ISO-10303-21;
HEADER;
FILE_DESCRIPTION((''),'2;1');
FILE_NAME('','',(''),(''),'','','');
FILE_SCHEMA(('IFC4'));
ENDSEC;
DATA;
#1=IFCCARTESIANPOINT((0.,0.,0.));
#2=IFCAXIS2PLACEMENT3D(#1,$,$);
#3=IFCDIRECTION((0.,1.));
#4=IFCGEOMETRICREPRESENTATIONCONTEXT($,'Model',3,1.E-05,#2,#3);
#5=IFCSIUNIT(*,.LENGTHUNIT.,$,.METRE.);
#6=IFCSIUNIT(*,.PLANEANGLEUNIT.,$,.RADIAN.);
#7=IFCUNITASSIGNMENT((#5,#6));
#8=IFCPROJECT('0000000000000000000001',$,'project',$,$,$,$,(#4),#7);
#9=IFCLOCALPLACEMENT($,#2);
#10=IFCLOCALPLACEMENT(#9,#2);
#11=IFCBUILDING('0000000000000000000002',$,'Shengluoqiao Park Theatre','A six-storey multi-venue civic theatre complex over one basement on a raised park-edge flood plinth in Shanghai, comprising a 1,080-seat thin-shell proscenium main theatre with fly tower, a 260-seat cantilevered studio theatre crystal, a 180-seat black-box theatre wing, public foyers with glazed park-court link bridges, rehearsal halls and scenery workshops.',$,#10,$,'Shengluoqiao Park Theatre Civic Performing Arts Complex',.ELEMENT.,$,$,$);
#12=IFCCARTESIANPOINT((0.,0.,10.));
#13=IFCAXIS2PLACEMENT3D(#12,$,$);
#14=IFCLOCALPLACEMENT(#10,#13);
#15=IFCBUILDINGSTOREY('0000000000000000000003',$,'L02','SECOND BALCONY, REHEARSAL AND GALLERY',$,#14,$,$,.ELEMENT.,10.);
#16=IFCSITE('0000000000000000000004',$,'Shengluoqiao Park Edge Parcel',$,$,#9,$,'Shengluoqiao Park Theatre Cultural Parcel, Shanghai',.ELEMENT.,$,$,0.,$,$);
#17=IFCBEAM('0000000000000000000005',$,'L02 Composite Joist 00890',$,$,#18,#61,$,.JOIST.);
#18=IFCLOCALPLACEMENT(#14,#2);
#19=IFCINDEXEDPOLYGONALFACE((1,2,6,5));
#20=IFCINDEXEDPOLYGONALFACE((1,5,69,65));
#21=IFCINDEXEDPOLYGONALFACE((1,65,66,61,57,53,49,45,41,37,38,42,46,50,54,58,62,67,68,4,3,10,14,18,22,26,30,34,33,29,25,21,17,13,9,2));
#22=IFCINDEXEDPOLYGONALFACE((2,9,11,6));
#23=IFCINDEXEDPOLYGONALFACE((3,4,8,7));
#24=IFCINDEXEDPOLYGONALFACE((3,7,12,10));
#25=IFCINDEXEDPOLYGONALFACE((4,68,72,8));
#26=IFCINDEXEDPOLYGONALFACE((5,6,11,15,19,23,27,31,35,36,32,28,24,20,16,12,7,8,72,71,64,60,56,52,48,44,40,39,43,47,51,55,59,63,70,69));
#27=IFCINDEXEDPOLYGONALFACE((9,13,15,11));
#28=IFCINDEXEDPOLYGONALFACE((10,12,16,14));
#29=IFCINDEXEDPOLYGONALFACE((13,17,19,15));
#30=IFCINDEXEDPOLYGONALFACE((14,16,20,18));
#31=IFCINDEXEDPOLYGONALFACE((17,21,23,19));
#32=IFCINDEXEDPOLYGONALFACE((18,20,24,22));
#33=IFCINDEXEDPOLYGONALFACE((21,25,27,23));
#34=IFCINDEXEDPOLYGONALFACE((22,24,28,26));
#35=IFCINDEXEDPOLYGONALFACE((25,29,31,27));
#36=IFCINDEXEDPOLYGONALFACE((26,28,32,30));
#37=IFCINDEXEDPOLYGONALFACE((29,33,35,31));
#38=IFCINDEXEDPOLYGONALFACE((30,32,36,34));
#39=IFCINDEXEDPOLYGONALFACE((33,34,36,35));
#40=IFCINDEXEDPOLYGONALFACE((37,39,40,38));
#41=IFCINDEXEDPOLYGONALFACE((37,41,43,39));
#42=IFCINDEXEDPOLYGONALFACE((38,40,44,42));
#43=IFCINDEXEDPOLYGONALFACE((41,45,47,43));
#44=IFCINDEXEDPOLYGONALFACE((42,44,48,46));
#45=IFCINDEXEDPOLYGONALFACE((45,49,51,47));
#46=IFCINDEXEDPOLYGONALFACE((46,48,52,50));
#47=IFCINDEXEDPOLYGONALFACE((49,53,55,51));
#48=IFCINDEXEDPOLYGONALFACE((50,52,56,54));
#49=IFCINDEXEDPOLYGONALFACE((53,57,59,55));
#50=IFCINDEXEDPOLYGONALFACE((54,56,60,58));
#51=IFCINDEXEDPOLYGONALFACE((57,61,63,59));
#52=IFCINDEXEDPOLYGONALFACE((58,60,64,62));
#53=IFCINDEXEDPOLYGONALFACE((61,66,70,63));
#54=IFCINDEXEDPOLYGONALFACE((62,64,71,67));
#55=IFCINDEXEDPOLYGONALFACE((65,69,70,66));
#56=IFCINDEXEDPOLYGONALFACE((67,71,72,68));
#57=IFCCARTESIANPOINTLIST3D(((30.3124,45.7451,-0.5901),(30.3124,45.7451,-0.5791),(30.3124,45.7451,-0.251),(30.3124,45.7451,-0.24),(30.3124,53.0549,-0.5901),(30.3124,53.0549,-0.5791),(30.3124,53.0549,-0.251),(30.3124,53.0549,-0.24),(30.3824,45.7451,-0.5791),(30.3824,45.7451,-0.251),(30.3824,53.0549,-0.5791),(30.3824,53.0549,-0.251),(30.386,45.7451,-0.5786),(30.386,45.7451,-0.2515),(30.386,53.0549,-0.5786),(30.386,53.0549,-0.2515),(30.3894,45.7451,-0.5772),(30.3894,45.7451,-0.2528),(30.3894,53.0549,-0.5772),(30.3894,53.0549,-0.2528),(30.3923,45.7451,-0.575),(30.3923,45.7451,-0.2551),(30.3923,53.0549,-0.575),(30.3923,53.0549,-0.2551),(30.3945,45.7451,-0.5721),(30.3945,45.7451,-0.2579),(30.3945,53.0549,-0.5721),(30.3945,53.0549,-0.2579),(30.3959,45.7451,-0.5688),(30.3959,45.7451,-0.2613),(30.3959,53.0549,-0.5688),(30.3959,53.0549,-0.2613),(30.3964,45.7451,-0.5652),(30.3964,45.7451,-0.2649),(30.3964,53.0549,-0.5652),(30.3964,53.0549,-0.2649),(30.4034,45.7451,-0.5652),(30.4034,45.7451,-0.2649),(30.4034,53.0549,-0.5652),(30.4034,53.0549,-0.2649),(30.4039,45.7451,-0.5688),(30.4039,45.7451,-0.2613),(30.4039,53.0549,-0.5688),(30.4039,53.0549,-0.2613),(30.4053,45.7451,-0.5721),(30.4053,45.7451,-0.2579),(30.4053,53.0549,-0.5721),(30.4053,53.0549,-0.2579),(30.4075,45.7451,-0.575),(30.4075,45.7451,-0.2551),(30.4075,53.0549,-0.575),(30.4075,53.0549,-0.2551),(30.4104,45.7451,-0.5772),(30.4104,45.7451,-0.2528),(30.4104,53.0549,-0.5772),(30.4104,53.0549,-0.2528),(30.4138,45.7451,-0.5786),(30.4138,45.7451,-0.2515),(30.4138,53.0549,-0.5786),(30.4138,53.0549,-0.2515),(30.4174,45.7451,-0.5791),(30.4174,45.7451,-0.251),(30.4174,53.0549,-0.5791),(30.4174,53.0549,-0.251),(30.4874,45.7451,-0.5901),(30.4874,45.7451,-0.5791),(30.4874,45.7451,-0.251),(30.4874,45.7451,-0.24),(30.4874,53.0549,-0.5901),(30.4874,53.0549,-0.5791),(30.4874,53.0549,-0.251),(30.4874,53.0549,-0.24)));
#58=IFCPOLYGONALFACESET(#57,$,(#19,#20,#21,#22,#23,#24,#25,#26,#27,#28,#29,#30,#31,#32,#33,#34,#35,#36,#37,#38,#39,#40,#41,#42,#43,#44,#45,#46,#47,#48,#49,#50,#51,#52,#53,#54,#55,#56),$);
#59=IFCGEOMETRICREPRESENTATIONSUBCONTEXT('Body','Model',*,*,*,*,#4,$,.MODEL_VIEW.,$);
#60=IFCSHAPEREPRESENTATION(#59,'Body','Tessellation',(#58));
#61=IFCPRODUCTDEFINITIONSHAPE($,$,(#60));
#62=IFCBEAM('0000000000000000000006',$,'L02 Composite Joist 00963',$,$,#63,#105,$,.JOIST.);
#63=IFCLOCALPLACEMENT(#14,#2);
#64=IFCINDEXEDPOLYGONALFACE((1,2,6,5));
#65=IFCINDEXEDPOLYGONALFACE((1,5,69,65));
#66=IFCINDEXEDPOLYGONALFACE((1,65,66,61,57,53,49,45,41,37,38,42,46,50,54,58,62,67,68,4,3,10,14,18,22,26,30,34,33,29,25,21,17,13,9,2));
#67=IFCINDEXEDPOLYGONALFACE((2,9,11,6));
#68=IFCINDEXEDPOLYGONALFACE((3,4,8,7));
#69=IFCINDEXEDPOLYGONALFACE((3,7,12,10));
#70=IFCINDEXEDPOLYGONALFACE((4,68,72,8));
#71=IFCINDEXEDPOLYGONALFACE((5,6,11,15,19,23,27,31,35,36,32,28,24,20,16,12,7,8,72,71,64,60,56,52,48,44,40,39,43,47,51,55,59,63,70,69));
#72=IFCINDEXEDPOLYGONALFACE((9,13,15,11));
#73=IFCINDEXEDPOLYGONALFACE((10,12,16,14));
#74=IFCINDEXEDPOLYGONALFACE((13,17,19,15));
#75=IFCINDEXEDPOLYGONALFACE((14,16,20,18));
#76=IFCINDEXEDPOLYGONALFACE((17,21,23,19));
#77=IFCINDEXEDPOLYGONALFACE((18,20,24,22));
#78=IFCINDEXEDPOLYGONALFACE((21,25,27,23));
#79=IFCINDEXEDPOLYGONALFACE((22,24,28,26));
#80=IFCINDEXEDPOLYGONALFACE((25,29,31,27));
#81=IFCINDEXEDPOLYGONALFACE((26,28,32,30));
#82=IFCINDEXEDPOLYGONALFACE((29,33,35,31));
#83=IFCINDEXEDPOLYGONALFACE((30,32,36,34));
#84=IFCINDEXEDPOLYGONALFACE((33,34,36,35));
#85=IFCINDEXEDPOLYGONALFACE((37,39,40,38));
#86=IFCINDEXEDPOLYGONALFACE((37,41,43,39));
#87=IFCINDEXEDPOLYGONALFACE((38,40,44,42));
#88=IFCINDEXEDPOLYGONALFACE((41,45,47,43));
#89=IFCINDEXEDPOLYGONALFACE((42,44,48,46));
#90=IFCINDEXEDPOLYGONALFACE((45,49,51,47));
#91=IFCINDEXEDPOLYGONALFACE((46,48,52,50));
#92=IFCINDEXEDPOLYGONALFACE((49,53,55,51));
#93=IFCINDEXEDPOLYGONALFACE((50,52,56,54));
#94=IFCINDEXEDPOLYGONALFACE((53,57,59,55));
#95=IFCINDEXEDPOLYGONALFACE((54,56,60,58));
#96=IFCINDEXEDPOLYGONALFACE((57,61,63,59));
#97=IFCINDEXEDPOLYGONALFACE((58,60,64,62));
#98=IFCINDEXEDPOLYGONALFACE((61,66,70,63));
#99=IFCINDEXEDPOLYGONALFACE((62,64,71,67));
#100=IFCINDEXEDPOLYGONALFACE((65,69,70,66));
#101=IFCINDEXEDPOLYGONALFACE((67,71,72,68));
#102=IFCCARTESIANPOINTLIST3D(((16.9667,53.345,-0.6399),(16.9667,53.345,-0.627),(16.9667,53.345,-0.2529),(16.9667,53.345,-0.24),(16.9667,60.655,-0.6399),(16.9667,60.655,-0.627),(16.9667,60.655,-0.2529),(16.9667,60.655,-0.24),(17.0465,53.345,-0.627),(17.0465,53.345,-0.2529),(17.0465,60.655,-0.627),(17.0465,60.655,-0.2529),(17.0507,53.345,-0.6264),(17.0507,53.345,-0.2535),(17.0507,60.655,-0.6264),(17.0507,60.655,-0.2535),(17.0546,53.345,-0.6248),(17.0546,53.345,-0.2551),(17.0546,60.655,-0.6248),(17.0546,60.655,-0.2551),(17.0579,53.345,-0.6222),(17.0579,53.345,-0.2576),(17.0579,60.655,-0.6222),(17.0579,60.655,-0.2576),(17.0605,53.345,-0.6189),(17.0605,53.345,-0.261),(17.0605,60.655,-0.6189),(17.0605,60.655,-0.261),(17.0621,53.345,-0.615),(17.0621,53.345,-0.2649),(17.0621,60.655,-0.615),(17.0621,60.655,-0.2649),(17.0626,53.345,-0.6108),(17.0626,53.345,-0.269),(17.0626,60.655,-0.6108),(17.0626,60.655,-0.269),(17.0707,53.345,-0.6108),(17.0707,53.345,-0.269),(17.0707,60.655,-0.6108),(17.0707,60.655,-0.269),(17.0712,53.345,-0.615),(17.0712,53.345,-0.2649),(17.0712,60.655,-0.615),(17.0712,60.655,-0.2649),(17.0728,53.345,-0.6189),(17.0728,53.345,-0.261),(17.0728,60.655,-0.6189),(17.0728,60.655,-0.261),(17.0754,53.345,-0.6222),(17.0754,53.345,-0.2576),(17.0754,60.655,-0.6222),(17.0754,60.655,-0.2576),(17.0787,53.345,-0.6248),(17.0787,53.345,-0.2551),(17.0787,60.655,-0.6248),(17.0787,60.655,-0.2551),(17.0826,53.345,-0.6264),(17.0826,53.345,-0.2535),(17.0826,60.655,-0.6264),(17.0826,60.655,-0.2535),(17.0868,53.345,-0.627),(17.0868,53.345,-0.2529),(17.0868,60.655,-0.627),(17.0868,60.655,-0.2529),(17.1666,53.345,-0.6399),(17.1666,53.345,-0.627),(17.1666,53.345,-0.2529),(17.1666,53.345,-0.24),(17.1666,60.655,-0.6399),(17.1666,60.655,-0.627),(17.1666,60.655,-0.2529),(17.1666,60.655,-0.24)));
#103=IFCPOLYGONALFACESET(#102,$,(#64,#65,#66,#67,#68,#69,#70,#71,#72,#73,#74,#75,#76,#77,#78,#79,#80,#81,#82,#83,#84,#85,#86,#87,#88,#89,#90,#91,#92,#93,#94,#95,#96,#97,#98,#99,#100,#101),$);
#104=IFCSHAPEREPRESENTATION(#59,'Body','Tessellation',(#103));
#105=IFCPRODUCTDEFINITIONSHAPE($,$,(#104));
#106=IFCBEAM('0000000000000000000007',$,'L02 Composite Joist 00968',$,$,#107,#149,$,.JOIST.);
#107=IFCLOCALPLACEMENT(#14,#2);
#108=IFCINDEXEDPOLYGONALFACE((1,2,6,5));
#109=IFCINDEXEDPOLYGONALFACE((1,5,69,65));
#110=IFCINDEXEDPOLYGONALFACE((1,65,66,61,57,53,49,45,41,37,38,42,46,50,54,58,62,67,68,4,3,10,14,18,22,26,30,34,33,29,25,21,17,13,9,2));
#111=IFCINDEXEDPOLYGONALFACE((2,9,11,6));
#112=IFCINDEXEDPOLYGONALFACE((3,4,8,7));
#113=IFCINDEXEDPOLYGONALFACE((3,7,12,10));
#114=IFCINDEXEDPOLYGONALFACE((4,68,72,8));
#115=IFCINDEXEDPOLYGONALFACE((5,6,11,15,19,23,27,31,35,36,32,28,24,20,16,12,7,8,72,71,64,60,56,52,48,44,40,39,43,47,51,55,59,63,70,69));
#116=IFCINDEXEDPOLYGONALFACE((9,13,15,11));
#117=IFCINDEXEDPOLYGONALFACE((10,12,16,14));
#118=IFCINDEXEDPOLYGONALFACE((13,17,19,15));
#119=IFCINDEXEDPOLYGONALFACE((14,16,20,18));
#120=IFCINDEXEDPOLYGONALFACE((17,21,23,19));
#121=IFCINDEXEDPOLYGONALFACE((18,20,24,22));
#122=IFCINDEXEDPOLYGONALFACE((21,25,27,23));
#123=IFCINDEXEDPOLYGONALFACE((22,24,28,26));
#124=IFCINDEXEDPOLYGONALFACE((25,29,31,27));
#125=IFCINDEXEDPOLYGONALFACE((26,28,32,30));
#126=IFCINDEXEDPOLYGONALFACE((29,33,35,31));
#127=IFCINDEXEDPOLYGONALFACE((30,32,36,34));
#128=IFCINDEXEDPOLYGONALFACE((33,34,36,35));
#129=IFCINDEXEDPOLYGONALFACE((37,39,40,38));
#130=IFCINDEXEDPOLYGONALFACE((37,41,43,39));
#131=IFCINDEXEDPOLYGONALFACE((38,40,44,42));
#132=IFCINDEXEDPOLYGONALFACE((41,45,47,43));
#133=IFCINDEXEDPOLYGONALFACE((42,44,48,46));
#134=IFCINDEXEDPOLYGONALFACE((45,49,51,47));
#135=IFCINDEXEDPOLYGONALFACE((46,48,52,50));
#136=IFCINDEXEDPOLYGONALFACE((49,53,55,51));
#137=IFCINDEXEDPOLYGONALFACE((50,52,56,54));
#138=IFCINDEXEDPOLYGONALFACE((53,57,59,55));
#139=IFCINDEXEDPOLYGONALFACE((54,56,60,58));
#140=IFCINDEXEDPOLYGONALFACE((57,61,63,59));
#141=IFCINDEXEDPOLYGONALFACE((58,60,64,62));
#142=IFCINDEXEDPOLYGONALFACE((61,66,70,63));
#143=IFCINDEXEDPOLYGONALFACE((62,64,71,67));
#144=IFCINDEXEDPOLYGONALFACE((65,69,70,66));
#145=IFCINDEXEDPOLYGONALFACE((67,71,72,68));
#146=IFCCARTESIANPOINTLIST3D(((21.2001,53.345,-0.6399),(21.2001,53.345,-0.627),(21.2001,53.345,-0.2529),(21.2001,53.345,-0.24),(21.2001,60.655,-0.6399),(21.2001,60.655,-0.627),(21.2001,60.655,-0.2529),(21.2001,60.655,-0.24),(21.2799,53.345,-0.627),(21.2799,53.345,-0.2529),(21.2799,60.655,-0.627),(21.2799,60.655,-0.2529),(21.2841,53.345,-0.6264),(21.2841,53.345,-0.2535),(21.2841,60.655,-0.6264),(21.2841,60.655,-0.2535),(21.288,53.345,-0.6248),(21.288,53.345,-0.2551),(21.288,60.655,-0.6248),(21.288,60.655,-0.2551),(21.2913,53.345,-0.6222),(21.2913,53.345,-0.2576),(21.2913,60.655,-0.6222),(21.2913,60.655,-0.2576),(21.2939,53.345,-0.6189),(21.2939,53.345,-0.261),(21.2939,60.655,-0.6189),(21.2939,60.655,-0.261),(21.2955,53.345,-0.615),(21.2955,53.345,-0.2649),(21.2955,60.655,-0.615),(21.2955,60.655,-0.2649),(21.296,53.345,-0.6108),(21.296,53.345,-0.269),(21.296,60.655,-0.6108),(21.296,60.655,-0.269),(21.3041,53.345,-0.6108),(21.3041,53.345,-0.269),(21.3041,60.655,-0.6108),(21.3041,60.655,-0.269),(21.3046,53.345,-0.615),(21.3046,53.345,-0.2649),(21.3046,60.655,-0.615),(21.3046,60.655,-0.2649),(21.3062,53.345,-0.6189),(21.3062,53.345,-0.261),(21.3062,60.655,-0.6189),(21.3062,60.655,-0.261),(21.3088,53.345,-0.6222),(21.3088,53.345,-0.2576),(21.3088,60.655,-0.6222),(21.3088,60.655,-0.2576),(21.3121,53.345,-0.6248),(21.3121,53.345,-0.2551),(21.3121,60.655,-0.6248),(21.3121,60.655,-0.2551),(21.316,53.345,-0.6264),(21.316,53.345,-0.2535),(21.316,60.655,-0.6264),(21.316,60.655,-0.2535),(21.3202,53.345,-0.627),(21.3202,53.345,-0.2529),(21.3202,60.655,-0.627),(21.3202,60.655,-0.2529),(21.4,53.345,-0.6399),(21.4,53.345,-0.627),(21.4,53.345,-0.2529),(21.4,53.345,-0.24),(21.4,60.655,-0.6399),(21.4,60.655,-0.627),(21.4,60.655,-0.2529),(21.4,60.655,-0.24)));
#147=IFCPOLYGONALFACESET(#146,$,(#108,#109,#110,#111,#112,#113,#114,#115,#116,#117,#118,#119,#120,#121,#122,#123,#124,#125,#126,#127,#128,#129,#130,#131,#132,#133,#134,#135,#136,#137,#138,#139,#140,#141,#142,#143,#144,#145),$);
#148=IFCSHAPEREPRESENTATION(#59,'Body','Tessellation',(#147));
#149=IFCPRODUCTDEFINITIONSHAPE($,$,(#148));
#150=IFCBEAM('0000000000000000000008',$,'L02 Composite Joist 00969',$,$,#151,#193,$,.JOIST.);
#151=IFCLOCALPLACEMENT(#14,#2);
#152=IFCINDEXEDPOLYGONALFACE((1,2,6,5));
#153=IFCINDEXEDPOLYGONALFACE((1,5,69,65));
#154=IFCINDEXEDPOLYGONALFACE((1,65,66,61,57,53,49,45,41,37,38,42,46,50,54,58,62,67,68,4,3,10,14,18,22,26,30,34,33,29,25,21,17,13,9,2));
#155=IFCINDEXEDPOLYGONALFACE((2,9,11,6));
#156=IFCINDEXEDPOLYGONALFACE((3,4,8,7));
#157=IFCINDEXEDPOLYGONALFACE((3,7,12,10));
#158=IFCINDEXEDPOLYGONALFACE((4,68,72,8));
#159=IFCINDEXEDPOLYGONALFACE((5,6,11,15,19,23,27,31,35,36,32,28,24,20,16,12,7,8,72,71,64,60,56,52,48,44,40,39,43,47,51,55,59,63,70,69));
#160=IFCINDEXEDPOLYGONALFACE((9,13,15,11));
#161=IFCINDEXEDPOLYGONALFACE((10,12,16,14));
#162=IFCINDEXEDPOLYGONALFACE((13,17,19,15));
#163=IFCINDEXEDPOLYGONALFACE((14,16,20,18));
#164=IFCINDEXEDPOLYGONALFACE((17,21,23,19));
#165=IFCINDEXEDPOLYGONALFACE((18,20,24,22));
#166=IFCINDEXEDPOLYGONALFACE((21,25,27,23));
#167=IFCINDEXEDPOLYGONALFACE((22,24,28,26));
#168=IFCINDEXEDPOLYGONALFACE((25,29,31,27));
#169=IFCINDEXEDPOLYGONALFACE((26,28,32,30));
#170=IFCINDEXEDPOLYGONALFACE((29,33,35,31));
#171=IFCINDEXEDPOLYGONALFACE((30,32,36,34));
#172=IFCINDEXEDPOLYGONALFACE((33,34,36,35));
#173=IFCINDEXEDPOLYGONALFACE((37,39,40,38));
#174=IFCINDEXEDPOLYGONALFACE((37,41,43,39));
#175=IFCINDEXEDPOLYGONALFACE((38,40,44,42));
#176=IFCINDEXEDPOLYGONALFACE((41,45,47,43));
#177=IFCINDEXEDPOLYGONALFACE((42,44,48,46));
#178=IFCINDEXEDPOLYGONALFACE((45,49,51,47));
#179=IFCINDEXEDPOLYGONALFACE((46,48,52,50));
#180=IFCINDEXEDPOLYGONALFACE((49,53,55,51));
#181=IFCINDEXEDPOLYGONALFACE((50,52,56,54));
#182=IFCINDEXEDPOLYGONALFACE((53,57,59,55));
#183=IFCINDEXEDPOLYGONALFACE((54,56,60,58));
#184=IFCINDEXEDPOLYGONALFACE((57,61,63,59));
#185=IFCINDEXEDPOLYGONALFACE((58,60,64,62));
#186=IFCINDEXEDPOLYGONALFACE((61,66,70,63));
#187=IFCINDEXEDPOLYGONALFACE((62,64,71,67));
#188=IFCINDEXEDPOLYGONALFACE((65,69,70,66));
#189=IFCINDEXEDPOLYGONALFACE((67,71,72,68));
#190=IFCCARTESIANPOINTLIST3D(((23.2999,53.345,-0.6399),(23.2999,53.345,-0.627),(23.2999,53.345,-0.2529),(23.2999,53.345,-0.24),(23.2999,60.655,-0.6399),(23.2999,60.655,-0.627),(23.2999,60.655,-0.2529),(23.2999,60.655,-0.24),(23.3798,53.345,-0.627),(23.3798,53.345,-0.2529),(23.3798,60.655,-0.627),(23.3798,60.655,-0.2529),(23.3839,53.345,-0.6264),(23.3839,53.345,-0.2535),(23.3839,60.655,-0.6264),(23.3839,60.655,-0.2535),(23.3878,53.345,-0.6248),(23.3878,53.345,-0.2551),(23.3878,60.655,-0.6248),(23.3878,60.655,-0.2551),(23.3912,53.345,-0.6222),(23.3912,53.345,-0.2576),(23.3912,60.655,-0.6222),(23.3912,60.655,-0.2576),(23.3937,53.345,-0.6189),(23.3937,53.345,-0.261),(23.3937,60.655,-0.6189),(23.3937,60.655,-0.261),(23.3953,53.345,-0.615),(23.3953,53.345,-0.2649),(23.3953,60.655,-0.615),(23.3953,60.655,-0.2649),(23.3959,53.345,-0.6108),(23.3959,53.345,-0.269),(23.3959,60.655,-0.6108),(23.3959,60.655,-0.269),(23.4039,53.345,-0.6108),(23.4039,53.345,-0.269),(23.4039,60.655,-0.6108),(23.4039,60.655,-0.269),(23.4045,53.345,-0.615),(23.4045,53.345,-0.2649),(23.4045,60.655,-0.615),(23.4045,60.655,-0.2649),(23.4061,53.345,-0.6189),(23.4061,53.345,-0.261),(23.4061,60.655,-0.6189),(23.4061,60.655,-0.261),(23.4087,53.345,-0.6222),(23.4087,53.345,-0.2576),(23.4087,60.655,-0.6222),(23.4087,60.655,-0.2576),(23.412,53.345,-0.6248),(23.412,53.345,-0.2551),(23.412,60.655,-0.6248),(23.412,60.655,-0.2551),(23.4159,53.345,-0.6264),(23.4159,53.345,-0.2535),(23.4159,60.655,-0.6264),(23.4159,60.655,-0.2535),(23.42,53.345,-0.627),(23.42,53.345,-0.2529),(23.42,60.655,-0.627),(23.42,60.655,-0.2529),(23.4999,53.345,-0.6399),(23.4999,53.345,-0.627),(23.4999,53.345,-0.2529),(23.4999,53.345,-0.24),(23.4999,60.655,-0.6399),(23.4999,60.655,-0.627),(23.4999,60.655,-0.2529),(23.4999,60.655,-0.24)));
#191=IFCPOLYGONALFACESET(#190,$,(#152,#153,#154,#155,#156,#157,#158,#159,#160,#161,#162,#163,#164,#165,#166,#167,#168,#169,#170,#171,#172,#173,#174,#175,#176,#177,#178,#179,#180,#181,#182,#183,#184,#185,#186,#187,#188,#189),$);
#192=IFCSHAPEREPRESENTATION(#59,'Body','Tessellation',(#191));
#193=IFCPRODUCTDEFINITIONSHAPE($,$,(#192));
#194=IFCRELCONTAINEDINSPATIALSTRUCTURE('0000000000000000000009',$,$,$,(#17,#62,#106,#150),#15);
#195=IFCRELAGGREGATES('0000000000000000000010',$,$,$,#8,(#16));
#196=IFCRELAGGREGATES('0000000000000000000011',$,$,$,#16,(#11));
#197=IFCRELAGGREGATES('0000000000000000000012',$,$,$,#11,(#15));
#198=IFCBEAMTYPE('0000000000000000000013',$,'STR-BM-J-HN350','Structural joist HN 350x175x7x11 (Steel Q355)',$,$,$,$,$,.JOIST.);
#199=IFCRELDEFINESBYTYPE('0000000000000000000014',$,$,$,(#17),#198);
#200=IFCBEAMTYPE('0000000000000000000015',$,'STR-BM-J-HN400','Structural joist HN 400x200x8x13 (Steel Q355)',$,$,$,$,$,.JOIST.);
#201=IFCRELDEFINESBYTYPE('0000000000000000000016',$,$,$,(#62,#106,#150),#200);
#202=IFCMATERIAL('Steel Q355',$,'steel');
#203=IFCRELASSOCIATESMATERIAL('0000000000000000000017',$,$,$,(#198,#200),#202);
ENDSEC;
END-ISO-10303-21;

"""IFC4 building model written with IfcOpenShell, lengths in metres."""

from ifc_helpers import new_model, si_unit, direction, frame, origin, origin_2d, place, context, subcontext, project, spatial, i_section, extrude, material, material_profile, profile_set, type_object, element, save


model = new_model("IFC4")

# Units and contexts
model_context = context("Model", 3, precision=1e-05, world=origin(), true_north=direction((0.0, 1.0)))
body_context = subcontext(model_context, "Body", "Model", "MODEL_VIEW")
ifc_project = project(units=[si_unit("LENGTHUNIT", "METRE"), si_unit("PLANEANGLEUNIT", "RADIAN")], contexts=[model_context])

# Site, building, storey
site_placement = place(None, origin())
site = spatial("IfcSite", under=ifc_project, at=site_placement, Name="Shengluoqiao Park Edge Parcel", LongName="Shengluoqiao Park Theatre Cultural Parcel, Shanghai", CompositionType="ELEMENT", RefElevation=0.0)
building_placement = place(site_placement, origin())
building = spatial("IfcBuilding", under=site, at=building_placement, Name="Shengluoqiao Park Theatre", Description="A six-storey multi-venue civic theatre complex over one basement on a raised park-edge flood plinth in Shanghai, comprising a 1,080-seat thin-shell proscenium main theatre with fly tower, a 260-seat cantilevered studio theatre crystal, a 180-seat black-box theatre wing, public foyers with glazed park-court link bridges, rehearsal halls and scenery workshops.", LongName="Shengluoqiao Park Theatre Civic Performing Arts Complex", CompositionType="ELEMENT")
storey_placement = place(building_placement, frame((0.0, 0.0, 10.0)))
storey = spatial("IfcBuildingStorey", under=building, at=storey_placement, Name="L02", Description="SECOND BALCONY, REHEARSAL AND GALLERY", CompositionType="ELEMENT", Elevation=10.0)

# Shared definitions
ifc_material_1 = material(Name="Steel Q355", Category="steel")

# Beams
ifc_material_profile_1 = material_profile(ifc_material_1, i_section(OverallWidth=0.175, OverallDepth=0.3501, WebThickness=0.0071, FlangeThickness=0.011, FilletRadius=0.0139, at=origin_2d()), Name="HN 350x175x7x11")
ifc_profile_set_1 = profile_set([ifc_material_profile_1], Name="Steel Q355")
beam_type_1 = type_object("IfcBeamType", Name="STR-BM-J-HN350", Description="Structural joist HN 350x175x7x11 (Steel Q355)", PredefinedType="JOIST", material=ifc_profile_set_1)
beam_1_placement = place(storey_placement, frame((30.3999, 45.7451, -0.415), z_axis=(0.0, 1.0, 0.0), x_axis=(-1.0, 0.0, 0.0)))
element("IfcBeam", 1, at=beam_1_placement, inside=storey, type_object=beam_type_1, Name="L02 Composite Joist 00890", PredefinedType="JOIST", context=body_context, shape_type="SweptSolid", body=[
    extrude(i_section(OverallWidth=0.175, OverallDepth=0.3501, WebThickness=0.0071, FlangeThickness=0.011, FilletRadius=0.0139, at=origin_2d()), origin(), (0.0, 0.0, 1.0), 7.3098),
])
ifc_material_profile_2 = material_profile(ifc_material_1, i_section(OverallWidth=0.2, OverallDepth=0.3999, WebThickness=0.0081, FlangeThickness=0.0129, FilletRadius=0.0161, at=origin_2d()), Name="HN 400x200x8x13")
ifc_profile_set_2 = profile_set([ifc_material_profile_2], Name="Steel Q355")
beam_type_2 = type_object("IfcBeamType", Name="STR-BM-J-HN400", Description="Structural joist HN 400x200x8x13 (Steel Q355)", PredefinedType="JOIST", material=ifc_profile_set_2)
for number, where, z_axis, x_axis, name in (
    (2, (17.0667, 53.345, -0.4399), (0.0, 1.0, 0.0), (-1.0, 0.0, 0.0), "L02 Composite Joist 00963"),
    (3, (21.3, 53.345, -0.4399), (0.0, 1.0, 0.0), (-1.0, 0.0, 0.0), "L02 Composite Joist 00968"),
    (4, (23.3999, 53.345, -0.4399), (0.0, 1.0, 0.0), (-1.0, 0.0, 0.0), "L02 Composite Joist 00969"),
):
    element("IfcBeam", number, at=place(storey_placement, frame(where, z_axis=z_axis, x_axis=x_axis)), inside=storey, type_object=beam_type_2, Name=name, PredefinedType="JOIST", context=body_context, shape_type="SweptSolid", body=[
        extrude(i_section(OverallWidth=0.2, OverallDepth=0.3999, WebThickness=0.0081, FlangeThickness=0.0129, FilletRadius=0.0161, at=origin_2d()), origin(), (0.0, 0.0, 1.0), 7.3101),
    ])

save(model, "model.ifc")
